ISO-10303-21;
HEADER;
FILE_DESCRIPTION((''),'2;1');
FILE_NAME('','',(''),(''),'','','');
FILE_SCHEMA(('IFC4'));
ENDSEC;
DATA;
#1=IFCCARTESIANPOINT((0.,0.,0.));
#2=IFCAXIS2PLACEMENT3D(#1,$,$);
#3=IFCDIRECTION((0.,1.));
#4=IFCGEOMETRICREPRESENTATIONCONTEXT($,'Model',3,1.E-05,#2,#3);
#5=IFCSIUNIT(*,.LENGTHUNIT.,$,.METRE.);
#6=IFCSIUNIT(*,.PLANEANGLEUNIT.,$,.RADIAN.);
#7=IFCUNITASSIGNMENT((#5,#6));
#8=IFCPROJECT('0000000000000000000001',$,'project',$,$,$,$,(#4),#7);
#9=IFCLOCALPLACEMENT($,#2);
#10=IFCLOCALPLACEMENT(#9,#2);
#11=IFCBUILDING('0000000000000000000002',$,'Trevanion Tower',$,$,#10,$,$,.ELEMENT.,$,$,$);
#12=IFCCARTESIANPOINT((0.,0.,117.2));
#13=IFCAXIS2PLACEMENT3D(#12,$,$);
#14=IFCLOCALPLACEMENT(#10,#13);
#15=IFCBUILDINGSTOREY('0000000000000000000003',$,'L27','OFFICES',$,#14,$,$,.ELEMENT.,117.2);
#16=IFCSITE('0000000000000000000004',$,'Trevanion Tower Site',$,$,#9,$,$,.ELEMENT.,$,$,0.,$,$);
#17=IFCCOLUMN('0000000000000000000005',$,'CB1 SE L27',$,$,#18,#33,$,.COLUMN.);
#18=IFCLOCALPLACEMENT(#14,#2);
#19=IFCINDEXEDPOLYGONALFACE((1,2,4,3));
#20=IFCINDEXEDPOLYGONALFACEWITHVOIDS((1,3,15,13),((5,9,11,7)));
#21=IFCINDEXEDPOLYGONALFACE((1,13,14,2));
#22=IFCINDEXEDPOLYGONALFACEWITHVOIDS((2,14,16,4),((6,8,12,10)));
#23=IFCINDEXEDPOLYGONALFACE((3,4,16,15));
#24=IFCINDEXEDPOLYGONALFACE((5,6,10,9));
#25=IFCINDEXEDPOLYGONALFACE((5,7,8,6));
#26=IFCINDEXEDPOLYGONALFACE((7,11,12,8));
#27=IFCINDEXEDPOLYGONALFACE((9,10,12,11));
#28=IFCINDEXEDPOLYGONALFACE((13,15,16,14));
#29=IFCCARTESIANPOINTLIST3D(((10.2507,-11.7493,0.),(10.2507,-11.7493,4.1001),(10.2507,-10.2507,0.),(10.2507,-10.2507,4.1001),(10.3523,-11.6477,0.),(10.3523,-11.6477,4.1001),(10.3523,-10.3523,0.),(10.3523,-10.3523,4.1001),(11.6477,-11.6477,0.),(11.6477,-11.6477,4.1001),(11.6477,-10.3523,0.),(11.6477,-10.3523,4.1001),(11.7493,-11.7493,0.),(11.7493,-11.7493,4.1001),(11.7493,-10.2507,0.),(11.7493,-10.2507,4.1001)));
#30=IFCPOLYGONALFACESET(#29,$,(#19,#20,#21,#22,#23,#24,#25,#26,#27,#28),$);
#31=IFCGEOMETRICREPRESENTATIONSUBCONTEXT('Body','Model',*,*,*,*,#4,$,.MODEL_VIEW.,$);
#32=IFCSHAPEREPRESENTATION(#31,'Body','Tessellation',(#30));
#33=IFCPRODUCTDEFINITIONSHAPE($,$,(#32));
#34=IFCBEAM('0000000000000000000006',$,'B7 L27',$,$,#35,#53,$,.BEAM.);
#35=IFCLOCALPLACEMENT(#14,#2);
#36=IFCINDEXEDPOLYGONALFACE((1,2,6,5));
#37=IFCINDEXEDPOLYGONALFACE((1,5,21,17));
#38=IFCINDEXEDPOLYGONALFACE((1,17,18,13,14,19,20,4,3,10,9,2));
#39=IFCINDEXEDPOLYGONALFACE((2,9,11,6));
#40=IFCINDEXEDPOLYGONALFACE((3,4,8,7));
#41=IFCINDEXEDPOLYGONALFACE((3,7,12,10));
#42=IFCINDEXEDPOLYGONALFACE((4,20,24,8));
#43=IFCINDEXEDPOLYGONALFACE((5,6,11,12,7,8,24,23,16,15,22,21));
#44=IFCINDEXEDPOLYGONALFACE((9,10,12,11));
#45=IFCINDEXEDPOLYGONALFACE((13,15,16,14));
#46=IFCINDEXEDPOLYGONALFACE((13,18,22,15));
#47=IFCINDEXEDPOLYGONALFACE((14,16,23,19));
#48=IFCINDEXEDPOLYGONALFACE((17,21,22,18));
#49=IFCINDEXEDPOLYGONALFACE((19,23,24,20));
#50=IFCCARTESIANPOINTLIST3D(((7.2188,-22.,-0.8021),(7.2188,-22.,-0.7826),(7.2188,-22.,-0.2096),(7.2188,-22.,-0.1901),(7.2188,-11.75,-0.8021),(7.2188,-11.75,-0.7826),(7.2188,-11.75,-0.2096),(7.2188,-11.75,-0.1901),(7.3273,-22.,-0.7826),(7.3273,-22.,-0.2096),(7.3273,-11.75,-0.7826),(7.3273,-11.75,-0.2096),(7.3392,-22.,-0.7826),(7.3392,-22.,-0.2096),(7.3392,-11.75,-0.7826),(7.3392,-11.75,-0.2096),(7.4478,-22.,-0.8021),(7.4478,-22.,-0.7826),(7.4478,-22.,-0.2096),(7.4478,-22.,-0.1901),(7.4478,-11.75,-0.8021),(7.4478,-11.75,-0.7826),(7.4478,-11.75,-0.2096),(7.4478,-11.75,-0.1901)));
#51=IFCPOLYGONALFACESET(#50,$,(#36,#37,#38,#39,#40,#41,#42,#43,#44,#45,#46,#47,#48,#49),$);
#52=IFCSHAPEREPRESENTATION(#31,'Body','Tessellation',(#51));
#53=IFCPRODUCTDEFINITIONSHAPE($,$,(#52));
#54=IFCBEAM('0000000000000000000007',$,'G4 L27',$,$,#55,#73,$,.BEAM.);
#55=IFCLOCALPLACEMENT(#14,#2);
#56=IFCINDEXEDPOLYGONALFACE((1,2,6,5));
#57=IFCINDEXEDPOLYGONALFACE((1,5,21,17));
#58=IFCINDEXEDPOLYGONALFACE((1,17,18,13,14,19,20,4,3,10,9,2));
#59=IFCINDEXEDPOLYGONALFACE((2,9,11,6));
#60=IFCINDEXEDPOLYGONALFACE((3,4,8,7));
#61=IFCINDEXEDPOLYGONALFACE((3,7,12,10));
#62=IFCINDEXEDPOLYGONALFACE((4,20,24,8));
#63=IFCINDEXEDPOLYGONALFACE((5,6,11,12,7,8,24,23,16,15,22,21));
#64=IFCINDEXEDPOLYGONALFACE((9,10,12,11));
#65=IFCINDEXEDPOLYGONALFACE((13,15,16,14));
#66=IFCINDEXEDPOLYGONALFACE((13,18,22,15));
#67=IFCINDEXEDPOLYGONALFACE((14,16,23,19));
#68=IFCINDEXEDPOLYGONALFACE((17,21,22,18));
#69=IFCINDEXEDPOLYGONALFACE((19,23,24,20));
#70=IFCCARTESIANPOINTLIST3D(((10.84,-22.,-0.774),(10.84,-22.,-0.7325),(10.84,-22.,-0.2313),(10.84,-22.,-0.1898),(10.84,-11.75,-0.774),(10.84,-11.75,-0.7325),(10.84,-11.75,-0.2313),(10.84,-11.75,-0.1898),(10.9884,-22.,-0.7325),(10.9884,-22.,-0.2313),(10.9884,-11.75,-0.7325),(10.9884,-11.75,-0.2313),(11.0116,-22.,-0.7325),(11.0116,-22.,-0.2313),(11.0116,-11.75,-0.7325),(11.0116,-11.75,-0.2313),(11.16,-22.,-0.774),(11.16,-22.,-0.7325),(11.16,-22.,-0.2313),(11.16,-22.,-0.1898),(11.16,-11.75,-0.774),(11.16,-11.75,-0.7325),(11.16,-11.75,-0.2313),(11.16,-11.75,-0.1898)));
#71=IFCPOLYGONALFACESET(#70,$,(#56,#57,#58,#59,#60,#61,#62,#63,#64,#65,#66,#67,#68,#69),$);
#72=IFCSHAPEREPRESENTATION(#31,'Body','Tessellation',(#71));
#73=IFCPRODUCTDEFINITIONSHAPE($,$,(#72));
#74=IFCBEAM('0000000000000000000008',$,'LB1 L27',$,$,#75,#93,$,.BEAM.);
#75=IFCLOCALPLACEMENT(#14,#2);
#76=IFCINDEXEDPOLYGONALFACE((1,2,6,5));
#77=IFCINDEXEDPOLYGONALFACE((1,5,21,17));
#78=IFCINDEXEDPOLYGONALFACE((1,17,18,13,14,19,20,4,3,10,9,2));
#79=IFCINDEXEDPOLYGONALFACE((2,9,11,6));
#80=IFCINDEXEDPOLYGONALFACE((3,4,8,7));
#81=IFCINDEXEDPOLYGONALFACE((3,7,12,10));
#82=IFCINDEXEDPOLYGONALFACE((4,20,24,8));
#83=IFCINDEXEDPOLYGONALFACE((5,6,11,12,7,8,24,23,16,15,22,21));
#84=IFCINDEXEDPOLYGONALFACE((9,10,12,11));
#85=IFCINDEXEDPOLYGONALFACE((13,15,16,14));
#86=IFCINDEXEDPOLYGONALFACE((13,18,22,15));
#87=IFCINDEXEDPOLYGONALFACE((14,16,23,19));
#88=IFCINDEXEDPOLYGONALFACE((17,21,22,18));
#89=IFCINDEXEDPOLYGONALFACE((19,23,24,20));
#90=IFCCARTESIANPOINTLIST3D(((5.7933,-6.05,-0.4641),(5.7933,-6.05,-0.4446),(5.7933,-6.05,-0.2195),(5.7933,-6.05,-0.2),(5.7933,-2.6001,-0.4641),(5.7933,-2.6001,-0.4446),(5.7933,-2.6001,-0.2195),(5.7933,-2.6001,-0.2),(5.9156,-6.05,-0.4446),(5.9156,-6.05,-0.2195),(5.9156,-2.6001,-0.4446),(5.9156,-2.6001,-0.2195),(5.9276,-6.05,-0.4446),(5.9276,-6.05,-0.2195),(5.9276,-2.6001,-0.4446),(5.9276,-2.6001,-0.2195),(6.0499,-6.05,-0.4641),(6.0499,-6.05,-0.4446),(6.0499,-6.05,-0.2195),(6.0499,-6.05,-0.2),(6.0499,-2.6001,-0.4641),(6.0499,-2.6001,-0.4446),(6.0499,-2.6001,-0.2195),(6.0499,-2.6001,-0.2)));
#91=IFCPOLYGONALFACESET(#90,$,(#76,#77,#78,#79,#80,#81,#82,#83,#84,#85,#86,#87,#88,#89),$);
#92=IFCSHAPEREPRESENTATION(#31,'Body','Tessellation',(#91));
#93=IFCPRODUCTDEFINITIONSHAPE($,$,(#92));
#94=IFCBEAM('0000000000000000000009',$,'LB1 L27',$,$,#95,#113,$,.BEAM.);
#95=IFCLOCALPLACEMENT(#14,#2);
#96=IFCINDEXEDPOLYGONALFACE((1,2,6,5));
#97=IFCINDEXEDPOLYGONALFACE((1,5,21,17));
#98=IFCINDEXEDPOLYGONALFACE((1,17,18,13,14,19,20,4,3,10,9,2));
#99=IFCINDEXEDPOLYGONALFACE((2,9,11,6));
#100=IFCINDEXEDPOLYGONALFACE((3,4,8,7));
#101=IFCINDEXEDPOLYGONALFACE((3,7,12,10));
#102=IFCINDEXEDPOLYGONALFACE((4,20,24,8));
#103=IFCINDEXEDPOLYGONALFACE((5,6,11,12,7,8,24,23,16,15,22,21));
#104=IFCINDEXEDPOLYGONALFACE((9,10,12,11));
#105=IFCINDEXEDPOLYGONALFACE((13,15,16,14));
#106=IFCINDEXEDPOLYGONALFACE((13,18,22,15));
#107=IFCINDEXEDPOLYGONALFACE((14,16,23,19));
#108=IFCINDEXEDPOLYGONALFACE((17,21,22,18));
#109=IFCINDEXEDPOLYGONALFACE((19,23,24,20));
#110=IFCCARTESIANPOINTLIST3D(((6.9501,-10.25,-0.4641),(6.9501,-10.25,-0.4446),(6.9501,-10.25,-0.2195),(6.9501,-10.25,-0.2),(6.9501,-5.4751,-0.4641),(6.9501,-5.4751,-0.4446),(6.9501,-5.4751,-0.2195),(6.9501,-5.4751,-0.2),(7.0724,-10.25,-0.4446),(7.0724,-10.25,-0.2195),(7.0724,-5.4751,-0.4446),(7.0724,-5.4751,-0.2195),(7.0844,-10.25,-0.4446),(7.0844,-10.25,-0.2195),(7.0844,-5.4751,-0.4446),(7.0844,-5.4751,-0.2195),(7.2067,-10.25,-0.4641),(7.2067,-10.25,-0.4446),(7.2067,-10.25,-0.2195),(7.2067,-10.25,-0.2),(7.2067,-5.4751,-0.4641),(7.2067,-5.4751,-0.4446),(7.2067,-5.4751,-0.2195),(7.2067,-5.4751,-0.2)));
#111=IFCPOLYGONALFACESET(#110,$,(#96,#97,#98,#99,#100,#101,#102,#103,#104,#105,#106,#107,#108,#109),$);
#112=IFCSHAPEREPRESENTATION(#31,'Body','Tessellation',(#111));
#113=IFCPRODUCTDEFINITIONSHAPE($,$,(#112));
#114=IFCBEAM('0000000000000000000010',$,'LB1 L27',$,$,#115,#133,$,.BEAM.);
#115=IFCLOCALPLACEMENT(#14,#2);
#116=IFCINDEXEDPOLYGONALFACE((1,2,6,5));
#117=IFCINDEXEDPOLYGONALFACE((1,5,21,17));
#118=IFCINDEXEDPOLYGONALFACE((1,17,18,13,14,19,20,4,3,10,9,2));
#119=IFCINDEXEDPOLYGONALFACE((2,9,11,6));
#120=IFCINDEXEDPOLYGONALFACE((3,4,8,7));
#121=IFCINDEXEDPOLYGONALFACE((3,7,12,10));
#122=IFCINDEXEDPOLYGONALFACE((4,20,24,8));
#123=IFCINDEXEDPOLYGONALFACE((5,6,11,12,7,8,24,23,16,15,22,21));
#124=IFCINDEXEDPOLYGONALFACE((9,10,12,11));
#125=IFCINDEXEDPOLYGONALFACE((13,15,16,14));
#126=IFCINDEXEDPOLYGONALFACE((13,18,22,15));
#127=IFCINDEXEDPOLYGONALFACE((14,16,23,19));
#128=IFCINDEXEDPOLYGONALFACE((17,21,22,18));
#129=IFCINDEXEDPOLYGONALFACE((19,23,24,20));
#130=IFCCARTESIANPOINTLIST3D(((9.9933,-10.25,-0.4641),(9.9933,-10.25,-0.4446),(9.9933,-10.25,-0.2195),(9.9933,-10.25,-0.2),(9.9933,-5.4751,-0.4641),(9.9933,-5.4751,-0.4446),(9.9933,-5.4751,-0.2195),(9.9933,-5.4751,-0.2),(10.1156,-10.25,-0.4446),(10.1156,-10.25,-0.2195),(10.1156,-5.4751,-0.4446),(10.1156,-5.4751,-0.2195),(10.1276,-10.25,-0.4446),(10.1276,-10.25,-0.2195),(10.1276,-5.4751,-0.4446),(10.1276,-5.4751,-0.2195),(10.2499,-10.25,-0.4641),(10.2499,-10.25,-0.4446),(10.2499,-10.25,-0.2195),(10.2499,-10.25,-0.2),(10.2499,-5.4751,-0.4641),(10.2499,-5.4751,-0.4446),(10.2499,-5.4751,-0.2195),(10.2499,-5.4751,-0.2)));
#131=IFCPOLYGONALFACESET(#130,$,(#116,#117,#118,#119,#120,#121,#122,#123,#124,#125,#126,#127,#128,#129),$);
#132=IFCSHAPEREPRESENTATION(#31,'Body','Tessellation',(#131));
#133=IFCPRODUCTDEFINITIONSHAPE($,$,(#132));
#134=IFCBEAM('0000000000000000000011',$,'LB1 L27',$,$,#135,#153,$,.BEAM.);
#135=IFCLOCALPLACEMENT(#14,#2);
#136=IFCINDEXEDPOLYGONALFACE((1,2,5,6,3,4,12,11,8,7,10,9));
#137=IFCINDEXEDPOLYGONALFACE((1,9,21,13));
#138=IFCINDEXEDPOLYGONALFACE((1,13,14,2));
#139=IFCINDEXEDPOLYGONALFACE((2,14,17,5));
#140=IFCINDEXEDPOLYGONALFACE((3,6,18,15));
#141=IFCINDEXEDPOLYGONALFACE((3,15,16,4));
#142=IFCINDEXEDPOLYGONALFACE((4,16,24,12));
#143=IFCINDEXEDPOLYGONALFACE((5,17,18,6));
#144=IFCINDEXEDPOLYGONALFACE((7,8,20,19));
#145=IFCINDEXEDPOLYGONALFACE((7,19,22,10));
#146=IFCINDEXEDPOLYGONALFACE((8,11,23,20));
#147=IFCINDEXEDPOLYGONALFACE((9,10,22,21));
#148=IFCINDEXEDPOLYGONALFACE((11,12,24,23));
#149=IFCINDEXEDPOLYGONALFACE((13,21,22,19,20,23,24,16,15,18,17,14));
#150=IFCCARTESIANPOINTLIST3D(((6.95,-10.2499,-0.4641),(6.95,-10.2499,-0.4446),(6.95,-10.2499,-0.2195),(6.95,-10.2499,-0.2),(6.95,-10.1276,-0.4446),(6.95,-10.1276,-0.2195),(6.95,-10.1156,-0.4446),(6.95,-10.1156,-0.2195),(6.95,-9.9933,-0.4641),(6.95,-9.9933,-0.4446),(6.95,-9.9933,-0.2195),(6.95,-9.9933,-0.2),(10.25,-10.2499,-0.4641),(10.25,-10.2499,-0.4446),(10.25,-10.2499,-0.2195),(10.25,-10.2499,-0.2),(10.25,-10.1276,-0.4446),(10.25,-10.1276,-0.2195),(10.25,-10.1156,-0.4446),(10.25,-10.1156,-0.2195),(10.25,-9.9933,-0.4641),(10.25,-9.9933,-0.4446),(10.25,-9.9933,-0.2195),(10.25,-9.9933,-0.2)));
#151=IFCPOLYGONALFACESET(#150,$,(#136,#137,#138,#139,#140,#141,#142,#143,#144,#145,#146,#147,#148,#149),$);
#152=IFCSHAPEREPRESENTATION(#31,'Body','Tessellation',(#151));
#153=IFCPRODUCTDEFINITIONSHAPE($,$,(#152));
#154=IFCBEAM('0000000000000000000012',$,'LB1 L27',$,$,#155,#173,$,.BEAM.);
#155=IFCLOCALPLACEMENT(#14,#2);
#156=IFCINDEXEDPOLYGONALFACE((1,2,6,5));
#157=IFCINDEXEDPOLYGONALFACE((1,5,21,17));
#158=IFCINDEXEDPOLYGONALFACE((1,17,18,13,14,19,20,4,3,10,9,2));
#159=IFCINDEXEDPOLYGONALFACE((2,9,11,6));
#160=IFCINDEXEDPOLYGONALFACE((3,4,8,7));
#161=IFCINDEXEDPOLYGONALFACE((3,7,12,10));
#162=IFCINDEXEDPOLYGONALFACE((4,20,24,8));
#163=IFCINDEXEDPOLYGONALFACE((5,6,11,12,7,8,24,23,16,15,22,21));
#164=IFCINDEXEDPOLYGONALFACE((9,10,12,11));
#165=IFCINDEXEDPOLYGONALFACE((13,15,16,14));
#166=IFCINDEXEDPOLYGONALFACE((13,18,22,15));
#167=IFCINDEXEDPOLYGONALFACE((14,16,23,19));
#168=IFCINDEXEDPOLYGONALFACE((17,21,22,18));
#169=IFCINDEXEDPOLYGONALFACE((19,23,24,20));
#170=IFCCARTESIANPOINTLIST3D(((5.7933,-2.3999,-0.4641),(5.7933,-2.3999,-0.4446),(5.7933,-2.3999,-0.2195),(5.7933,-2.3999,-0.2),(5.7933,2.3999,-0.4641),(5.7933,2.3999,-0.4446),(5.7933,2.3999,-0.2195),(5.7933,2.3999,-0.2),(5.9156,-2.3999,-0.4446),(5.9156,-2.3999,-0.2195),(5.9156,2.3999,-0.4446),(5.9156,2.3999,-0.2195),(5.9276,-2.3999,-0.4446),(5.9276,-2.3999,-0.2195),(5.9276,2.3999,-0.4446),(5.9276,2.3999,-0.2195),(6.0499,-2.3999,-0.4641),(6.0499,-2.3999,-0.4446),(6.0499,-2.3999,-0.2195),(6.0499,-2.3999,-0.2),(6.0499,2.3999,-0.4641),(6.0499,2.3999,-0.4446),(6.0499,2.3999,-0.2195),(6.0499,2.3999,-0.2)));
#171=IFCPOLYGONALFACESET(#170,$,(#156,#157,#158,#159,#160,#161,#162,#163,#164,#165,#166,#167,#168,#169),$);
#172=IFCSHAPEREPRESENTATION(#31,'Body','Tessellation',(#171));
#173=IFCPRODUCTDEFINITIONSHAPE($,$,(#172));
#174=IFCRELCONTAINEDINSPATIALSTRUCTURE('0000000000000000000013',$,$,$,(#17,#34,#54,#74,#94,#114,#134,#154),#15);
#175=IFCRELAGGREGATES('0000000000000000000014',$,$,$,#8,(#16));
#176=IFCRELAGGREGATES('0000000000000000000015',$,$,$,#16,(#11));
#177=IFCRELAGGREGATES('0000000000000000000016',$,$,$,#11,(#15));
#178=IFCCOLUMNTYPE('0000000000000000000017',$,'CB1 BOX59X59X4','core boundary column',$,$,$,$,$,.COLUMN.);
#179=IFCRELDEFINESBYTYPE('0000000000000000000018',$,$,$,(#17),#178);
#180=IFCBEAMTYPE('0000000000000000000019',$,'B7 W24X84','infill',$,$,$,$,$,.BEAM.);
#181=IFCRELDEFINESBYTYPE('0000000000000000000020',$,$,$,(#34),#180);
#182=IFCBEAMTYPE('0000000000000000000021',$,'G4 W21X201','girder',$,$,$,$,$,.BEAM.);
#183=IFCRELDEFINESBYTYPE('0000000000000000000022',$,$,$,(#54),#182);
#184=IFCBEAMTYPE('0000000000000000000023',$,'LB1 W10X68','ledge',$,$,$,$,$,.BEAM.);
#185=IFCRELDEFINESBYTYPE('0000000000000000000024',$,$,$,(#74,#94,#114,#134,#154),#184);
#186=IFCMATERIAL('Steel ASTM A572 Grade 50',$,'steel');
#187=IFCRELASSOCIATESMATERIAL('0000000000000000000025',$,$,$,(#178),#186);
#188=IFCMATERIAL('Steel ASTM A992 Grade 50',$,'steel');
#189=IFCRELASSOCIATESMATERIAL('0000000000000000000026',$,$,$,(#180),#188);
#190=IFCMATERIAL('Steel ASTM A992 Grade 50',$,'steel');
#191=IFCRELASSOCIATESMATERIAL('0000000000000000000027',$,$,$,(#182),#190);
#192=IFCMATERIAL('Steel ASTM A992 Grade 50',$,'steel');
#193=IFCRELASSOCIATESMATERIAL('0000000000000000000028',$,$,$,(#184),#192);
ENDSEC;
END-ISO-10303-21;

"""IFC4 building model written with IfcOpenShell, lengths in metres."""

from ifc_helpers import new_model, si_unit, direction, frame, origin, origin_2d, place, context, subcontext, project, spatial, hollow_rectangle, i_section, extrude, material, material_profile, profile_set, type_object, element, save


model = new_model("IFC4")

# Units and contexts
model_context = context("Model", 3, precision=1e-05, world=origin(), true_north=direction((0.0, 1.0)))
body_context = subcontext(model_context, "Body", "Model", "MODEL_VIEW")
ifc_project = project(units=[si_unit("LENGTHUNIT", "METRE"), si_unit("PLANEANGLEUNIT", "RADIAN")], contexts=[model_context])

# Site, building, storey
site_placement = place(None, origin())
site = spatial("IfcSite", under=ifc_project, at=site_placement, Name="Trevanion Tower Site", CompositionType="ELEMENT", RefElevation=0.0)
building_placement = place(site_placement, origin())
building = spatial("IfcBuilding", under=site, at=building_placement, Name="Trevanion Tower", CompositionType="ELEMENT")
storey_placement = place(building_placement, frame((0.0, 0.0, 117.2)))
storey = spatial("IfcBuildingStorey", under=building, at=storey_placement, Name="L27", Description="OFFICES", CompositionType="ELEMENT", Elevation=117.2)

# Column
ifc_material_1 = material(Name="Steel ASTM A572 Grade 50", Category="steel")
ifc_material_profile_1 = material_profile(ifc_material_1, hollow_rectangle(XDim=1.4985, YDim=1.4985, WallThickness=0.1016, at=origin_2d()), Name="BOX59X59X4")
ifc_profile_set_1 = profile_set([ifc_material_profile_1], Name="Steel ASTM A572 Grade 50")
column_type = type_object("IfcColumnType", Name="CB1 BOX59X59X4", Description="core boundary column", PredefinedType="COLUMN", material=ifc_profile_set_1)
column_placement = place(storey_placement, frame((11.0, -11.0, 0.0), z_axis=(0.0, 0.0, 1.0), x_axis=(1.0, 0.0, 0.0)))
element("IfcColumn", 1, at=column_placement, inside=storey, type_object=column_type, Name="CB1 SE L27", PredefinedType="COLUMN", context=body_context, shape_type="SweptSolid", body=[
    extrude(hollow_rectangle(XDim=1.4985, YDim=1.4985, WallThickness=0.1016, at=origin_2d()), origin(), (0.0, 0.0, 1.0), 4.1001),
])

# Beams
ifc_material_2 = material(Name="Steel ASTM A992 Grade 50", Category="steel")
ifc_material_profile_2 = material_profile(ifc_material_2, i_section(OverallWidth=0.229, OverallDepth=0.6121, WebThickness=0.012, FlangeThickness=0.0195, at=origin_2d()), Name="W24X84")
ifc_profile_set_2 = profile_set([ifc_material_profile_2], Name="Steel ASTM A992 Grade 50")
beam_type_1 = type_object("IfcBeamType", Name="B7 W24X84", Description="infill", PredefinedType="BEAM", material=ifc_profile_set_2)
beam_1_placement = place(storey_placement, frame((7.3333, -11.75, -0.4961), z_axis=(0.0, -1.0, 0.0), x_axis=(1.0, 0.0, 0.0)))
element("IfcBeam", 2, at=beam_1_placement, inside=storey, type_object=beam_type_1, Name="B7 L27", PredefinedType="BEAM", context=body_context, shape_type="SweptSolid", body=[
    extrude(i_section(OverallWidth=0.229, OverallDepth=0.6121, WebThickness=0.012, FlangeThickness=0.0195, at=origin_2d()), origin(), (0.0, 0.0, 1.0), 10.25),
])
ifc_material_3 = material(Name="Steel ASTM A992 Grade 50", Category="steel")
ifc_material_profile_3 = material_profile(ifc_material_3, i_section(OverallWidth=0.3201, OverallDepth=0.5842, WebThickness=0.0232, FlangeThickness=0.0415, at=origin_2d()), Name="W21X201")
ifc_profile_set_3 = profile_set([ifc_material_profile_3], Name="Steel ASTM A992 Grade 50")
beam_type_2 = type_object("IfcBeamType", Name="G4 W21X201", Description="girder", PredefinedType="BEAM", material=ifc_profile_set_3)
beam_2_placement = place(storey_placement, frame((11.0, -11.75, -0.4819), z_axis=(0.0, -1.0, 0.0), x_axis=(1.0, 0.0, 0.0)))
element("IfcBeam", 3, at=beam_2_placement, inside=storey, type_object=beam_type_2, Name="G4 L27", PredefinedType="BEAM", context=body_context, shape_type="SweptSolid", body=[
    extrude(i_section(OverallWidth=0.3201, OverallDepth=0.5842, WebThickness=0.0232, FlangeThickness=0.0415, at=origin_2d()), origin(), (0.0, 0.0, 1.0), 10.25),
])
ifc_material_4 = material(Name="Steel ASTM A992 Grade 50", Category="steel")
ifc_material_profile_4 = material_profile(ifc_material_4, i_section(OverallWidth=0.2566, OverallDepth=0.2642, WebThickness=0.012, FlangeThickness=0.0195, at=origin_2d()), Name="W10X68")
ifc_profile_set_4 = profile_set([ifc_material_profile_4], Name="Steel ASTM A992 Grade 50")
beam_type_3 = type_object("IfcBeamType", Name="LB1 W10X68", Description="ledge", PredefinedType="BEAM", material=ifc_profile_set_4)
beam_3_placement = place(storey_placement, frame((5.9216, -6.05, -0.332), z_axis=(0.0, 1.0, 0.0), x_axis=(-1.0, 0.0, 0.0)))
element("IfcBeam", 4, at=beam_3_placement, inside=storey, type_object=beam_type_3, Name="LB1 L27", PredefinedType="BEAM", context=body_context, shape_type="SweptSolid", body=[
    extrude(i_section(OverallWidth=0.2566, OverallDepth=0.2642, WebThickness=0.012, FlangeThickness=0.0195, at=origin_2d()), origin(), (0.0, 0.0, 1.0), 3.45),
])
for number, where, z_axis, x_axis, name in (
    (5, (7.0784, -10.25, -0.332), (0.0, 1.0, 0.0), (-1.0, 0.0, 0.0), "LB1 L27"),
    (6, (10.1216, -10.25, -0.332), (0.0, 1.0, 0.0), (-1.0, 0.0, 0.0), "LB1 L27"),
):
    element("IfcBeam", number, at=place(storey_placement, frame(where, z_axis=z_axis, x_axis=x_axis)), inside=storey, type_object=beam_type_3, Name=name, PredefinedType="BEAM", context=body_context, shape_type="SweptSolid", body=[
        extrude(i_section(OverallWidth=0.2566, OverallDepth=0.2642, WebThickness=0.012, FlangeThickness=0.0195, at=origin_2d()), origin(), (0.0, 0.0, 1.0), 4.7749),
    ])
beam_4_placement = place(storey_placement, frame((6.95, -10.1216, -0.332), z_axis=(1.0, 0.0, 0.0), x_axis=(0.0, 1.0, 0.0)))
element("IfcBeam", 7, at=beam_4_placement, inside=storey, type_object=beam_type_3, Name="LB1 L27", PredefinedType="BEAM", context=body_context, shape_type="SweptSolid", body=[
    extrude(i_section(OverallWidth=0.2566, OverallDepth=0.2642, WebThickness=0.012, FlangeThickness=0.0195, at=origin_2d()), origin(), (0.0, 0.0, 1.0), 3.3),
])
beam_5_placement = place(storey_placement, frame((5.9216, -2.3999, -0.332), z_axis=(0.0, 1.0, 0.0), x_axis=(-1.0, 0.0, 0.0)))
element("IfcBeam", 8, at=beam_5_placement, inside=storey, type_object=beam_type_3, Name="LB1 L27", PredefinedType="BEAM", context=body_context, shape_type="SweptSolid", body=[
    extrude(i_section(OverallWidth=0.2566, OverallDepth=0.2642, WebThickness=0.012, FlangeThickness=0.0195, at=origin_2d()), origin(), (0.0, 0.0, 1.0), 4.7998),
])

save(model, "model.ifc")
